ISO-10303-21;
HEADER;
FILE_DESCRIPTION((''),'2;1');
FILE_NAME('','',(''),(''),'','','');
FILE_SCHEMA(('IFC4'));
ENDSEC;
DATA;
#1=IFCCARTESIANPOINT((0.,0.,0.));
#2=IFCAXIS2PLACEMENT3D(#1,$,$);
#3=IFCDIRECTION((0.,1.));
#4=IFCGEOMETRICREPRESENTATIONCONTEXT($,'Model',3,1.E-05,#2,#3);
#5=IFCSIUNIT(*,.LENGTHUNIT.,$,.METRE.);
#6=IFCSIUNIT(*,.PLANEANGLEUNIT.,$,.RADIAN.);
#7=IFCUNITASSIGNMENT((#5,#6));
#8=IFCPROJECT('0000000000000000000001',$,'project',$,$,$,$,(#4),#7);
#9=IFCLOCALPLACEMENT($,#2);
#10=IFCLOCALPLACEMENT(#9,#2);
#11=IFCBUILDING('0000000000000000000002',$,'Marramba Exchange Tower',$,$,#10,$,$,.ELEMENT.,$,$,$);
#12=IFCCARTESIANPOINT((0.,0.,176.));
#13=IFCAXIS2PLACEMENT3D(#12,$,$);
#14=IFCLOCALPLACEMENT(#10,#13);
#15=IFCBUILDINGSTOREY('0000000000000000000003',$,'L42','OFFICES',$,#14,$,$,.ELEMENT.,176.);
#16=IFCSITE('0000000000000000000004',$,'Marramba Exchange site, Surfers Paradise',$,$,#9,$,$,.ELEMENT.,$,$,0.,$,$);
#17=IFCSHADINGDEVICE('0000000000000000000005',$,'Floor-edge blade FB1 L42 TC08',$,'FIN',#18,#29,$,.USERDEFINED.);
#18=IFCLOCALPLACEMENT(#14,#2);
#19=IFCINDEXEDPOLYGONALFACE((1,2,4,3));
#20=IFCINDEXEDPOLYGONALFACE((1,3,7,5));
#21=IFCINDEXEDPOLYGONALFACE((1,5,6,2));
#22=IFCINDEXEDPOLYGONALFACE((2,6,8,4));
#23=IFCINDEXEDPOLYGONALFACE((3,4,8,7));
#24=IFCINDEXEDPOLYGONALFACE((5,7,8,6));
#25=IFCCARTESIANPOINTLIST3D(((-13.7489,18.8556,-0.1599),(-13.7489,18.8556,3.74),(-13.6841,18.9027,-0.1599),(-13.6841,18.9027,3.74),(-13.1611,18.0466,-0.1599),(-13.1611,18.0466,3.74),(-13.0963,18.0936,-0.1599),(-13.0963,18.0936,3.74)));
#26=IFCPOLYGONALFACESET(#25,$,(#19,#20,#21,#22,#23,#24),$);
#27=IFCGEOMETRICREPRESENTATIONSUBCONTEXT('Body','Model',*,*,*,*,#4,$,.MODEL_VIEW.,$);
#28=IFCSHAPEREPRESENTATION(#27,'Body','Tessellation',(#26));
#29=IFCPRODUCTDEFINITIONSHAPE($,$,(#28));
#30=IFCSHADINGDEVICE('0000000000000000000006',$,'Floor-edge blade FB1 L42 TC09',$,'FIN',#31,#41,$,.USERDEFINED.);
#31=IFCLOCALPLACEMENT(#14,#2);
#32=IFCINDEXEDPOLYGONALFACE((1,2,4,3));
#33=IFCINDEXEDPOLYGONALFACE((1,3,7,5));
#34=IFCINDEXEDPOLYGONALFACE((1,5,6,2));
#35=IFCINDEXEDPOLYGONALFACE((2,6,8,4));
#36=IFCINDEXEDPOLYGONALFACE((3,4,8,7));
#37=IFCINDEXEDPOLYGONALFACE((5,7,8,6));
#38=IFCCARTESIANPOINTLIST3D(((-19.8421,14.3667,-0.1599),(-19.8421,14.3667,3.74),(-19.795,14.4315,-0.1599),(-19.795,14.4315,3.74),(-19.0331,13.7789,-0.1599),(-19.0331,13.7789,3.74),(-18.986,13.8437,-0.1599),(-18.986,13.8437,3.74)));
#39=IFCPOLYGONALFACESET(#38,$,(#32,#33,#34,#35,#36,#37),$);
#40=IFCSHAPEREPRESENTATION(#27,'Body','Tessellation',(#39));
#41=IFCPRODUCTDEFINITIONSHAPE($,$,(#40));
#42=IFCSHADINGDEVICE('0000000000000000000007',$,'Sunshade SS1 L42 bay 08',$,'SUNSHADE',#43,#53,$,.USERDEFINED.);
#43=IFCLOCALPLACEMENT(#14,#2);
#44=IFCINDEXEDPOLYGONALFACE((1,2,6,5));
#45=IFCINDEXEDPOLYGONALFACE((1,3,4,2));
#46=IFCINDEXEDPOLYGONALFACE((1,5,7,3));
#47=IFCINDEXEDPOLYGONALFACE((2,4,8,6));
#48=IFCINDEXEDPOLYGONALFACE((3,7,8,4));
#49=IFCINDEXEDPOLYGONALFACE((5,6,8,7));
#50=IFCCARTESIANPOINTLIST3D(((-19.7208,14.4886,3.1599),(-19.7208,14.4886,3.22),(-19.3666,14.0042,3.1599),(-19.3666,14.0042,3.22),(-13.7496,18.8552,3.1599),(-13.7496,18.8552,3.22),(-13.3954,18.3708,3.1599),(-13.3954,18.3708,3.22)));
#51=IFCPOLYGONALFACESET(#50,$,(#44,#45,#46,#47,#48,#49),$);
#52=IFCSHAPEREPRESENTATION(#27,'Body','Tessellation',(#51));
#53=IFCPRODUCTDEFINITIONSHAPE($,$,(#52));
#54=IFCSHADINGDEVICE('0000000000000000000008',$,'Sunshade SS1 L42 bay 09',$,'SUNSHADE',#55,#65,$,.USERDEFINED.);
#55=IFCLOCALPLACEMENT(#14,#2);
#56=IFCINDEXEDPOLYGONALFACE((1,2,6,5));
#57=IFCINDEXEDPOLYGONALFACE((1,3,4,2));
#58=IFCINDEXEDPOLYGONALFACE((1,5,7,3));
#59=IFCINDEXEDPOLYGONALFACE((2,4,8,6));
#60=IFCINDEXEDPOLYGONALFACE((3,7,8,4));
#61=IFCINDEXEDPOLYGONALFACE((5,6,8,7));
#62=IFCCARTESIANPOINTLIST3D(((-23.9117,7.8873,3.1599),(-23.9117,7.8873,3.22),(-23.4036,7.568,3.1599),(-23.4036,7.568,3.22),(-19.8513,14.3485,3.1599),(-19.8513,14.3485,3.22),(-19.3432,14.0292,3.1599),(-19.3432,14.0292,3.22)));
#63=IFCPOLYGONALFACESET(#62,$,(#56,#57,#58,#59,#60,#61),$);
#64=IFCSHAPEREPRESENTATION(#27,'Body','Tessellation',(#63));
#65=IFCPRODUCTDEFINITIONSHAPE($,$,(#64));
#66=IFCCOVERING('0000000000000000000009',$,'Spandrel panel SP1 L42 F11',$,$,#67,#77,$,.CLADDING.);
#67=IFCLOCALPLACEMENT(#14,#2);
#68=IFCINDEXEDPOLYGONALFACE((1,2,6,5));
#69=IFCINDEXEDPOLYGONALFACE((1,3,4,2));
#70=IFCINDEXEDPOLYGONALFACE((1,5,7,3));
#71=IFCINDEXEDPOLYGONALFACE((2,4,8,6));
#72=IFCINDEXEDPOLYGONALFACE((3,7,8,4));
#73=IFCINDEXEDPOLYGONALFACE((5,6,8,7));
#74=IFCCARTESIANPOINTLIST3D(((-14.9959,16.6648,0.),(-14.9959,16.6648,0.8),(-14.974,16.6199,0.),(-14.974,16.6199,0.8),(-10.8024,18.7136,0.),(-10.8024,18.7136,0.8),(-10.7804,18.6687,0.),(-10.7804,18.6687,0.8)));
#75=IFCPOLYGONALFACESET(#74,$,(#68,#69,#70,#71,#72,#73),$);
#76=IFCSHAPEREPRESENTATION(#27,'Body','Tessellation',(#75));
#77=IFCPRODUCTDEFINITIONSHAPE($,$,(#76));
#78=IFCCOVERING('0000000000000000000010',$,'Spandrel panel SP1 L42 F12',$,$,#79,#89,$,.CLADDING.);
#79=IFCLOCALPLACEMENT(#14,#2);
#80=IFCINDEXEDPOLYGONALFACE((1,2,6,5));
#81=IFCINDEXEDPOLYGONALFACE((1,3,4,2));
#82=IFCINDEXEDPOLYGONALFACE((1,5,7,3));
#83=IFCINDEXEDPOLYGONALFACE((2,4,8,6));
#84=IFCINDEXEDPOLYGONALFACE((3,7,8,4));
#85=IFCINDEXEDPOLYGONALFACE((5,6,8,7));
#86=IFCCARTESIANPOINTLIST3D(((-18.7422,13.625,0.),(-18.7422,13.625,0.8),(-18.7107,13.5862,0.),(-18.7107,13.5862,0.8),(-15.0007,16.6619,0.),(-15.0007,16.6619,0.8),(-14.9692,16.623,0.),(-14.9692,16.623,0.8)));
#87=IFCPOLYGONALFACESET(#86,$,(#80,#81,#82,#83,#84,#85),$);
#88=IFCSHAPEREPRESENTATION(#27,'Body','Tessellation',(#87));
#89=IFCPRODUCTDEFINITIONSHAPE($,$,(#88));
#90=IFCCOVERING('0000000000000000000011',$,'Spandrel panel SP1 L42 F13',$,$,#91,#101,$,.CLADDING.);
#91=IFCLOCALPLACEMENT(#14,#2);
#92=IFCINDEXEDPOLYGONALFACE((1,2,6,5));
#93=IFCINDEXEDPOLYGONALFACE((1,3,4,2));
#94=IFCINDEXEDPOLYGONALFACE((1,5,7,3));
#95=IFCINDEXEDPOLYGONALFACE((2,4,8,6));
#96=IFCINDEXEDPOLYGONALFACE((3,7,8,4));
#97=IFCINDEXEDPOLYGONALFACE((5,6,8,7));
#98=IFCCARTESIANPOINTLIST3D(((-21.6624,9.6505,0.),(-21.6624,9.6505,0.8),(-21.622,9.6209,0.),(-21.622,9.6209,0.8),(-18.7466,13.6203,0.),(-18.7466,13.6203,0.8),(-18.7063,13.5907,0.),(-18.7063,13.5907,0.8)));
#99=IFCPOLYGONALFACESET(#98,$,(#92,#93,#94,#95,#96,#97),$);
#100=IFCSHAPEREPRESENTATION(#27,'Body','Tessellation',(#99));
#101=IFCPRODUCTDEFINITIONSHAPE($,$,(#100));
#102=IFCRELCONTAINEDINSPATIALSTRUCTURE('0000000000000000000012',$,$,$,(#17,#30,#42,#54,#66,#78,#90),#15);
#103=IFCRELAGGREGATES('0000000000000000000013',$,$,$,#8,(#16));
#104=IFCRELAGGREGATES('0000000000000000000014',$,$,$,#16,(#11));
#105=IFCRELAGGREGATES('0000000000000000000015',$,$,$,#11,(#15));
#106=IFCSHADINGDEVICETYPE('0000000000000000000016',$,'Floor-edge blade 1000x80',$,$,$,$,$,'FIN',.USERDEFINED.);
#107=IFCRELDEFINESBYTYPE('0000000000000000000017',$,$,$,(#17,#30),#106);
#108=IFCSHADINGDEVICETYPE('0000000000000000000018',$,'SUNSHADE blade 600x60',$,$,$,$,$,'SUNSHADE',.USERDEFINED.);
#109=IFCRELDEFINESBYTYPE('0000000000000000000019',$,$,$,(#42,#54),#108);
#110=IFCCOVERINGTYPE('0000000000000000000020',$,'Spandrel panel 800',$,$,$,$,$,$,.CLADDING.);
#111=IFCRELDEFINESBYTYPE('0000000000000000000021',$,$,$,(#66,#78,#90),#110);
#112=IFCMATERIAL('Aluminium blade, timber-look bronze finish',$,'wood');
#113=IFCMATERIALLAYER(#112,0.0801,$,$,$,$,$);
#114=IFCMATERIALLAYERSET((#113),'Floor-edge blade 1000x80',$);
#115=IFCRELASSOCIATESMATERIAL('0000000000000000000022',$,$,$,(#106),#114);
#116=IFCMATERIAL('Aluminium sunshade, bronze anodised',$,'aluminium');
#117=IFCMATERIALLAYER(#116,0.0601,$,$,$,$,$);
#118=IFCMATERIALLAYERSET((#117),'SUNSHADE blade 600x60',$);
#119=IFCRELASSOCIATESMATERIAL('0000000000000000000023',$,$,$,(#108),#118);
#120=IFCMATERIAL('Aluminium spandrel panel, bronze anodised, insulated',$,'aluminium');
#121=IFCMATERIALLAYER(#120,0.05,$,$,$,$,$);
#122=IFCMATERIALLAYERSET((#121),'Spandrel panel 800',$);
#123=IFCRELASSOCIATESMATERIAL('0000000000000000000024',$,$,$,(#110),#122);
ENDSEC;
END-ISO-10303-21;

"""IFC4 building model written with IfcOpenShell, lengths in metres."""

from ifc_helpers import new_model, si_unit, direction, frame, origin, origin_2d, place, context, subcontext, project, spatial, rectangle, extrude, material, layer, layer_set, type_object, element, save


model = new_model("IFC4")

# Units and contexts
model_context = context("Model", 3, precision=1e-05, world=origin(), true_north=direction((0.0, 1.0)))
body_context = subcontext(model_context, "Body", "Model", "MODEL_VIEW")
ifc_project = project(units=[si_unit("LENGTHUNIT", "METRE"), si_unit("PLANEANGLEUNIT", "RADIAN")], contexts=[model_context])

# Site, building, storey
site_placement = place(None, origin())
site = spatial("IfcSite", under=ifc_project, at=site_placement, Name="Marramba Exchange site, Surfers Paradise", CompositionType="ELEMENT", RefElevation=0.0)
building_placement = place(site_placement, origin())
building = spatial("IfcBuilding", under=site, at=building_placement, Name="Marramba Exchange Tower", CompositionType="ELEMENT")
storey_placement = place(building_placement, frame((0.0, 0.0, 176.0)))
storey = spatial("IfcBuildingStorey", under=building, at=storey_placement, Name="L42", Description="OFFICES", CompositionType="ELEMENT", Elevation=176.0)

# Shading devices
ifc_material_1 = material(Name="Aluminium blade, timber-look bronze finish", Category="wood")
ifc_layer_1 = layer(ifc_material_1, 0.0801)
ifc_layer_set_1 = layer_set([ifc_layer_1], Name="Floor-edge blade 1000x80")
shading_device_type_1 = type_object("IfcShadingDeviceType", Name="Floor-edge blade 1000x80", ElementType="FIN", PredefinedType="USERDEFINED", material=ifc_layer_set_1)
for number, where, z_axis, x_axis, name in (
    (1, (-13.4226, 18.4746, -0.1599), (0.0, 0.0, 1.0), (-0.587785, 0.809017, 0.0), "Floor-edge blade FB1 L42 TC08"),
    (2, (-19.4141, 14.1052, -0.1599), (0.0, 0.0, 1.0), (-0.809017, 0.587785, 0.0), "Floor-edge blade FB1 L42 TC09"),
):
    element("IfcShadingDevice", number, at=place(storey_placement, frame(where, z_axis=z_axis, x_axis=x_axis)), inside=storey, type_object=shading_device_type_1, Name=name, ObjectType="FIN", PredefinedType="USERDEFINED", context=body_context, shape_type="SweptSolid", body=[
        extrude(rectangle(XDim=1.0, YDim=0.0801, at=origin_2d()), origin(), (0.0, 0.0, 1.0), 3.8999),
    ])
ifc_material_2 = material(Name="Aluminium sunshade, bronze anodised", Category="aluminium")
ifc_layer_2 = layer(ifc_material_2, 0.0601)
ifc_layer_set_2 = layer_set([ifc_layer_2], Name="SUNSHADE blade 600x60")
shading_device_type_2 = type_object("IfcShadingDeviceType", Name="SUNSHADE blade 600x60", ElementType="SUNSHADE", PredefinedType="USERDEFINED", material=ifc_layer_set_2)
shading_device_1_placement = place(storey_placement, frame((-16.5581, 16.4297, 3.1599), z_axis=(0.0, 0.0, 1.0), x_axis=(-0.807194, -0.590286, 0.0)))
element("IfcShadingDevice", 3, at=shading_device_1_placement, inside=storey, type_object=shading_device_type_2, Name="Sunshade SS1 L42 bay 08", ObjectType="SUNSHADE", PredefinedType="USERDEFINED", context=body_context, shape_type="SweptSolid", body=[
    extrude(rectangle(XDim=7.3975, YDim=0.6001, at=origin_2d()), origin(), (0.0, 0.0, 1.0), 0.0601),
])
shading_device_2_placement = place(storey_placement, frame((-21.6274, 10.9583, 3.1599), z_axis=(0.0, 0.0, 1.0), x_axis=(-0.532082, -0.846693, 0.0)))
element("IfcShadingDevice", 4, at=shading_device_2_placement, inside=storey, type_object=shading_device_type_2, Name="Sunshade SS1 L42 bay 09", ObjectType="SUNSHADE", PredefinedType="USERDEFINED", context=body_context, shape_type="SweptSolid", body=[
    extrude(rectangle(XDim=7.6311, YDim=0.6001, at=origin_2d()), origin(), (0.0, 0.0, 1.0), 0.0601),
])

# Coverings
ifc_material_3 = material(Name="Aluminium spandrel panel, bronze anodised, insulated", Category="aluminium")
ifc_layer_3 = layer(ifc_material_3, 0.05)
ifc_layer_set_3 = layer_set([ifc_layer_3], Name="Spandrel panel 800")
covering_type = type_object("IfcCoveringType", Name="Spandrel panel 800", PredefinedType="CLADDING", material=ifc_layer_set_3)
covering_1_placement = place(storey_placement, frame((-12.8882, 17.6667, 0.0), z_axis=(0.0, 0.0, 1.0), x_axis=(-0.898501, -0.438972, 0.0)))
element("IfcCovering", 5, at=covering_1_placement, inside=storey, type_object=covering_type, Name="Spandrel panel SP1 L42 F11", PredefinedType="CLADDING", context=body_context, shape_type="SweptSolid", body=[
    extrude(rectangle(XDim=4.6672, YDim=0.05, at=origin_2d()), origin(), (0.0, 0.0, 1.0), 0.8),
])
covering_2_placement = place(storey_placement, frame((-16.8557, 15.124, 0.0), z_axis=(0.0, 0.0, 1.0), x_axis=(-0.776432, -0.630201, 0.0)))
element("IfcCovering", 6, at=covering_2_placement, inside=storey, type_object=covering_type, Name="Spandrel panel SP1 L42 F12", PredefinedType="CLADDING", context=body_context, shape_type="SweptSolid", body=[
    extrude(rectangle(XDim=4.8188, YDim=0.05, at=origin_2d()), origin(), (0.0, 0.0, 1.0), 0.8),
])
covering_3_placement = place(storey_placement, frame((-20.1843, 11.6206, 0.0), z_axis=(0.0, 0.0, 1.0), x_axis=(-0.591963, -0.805965, 0.0)))
element("IfcCovering", 7, at=covering_3_placement, inside=storey, type_object=covering_type, Name="Spandrel panel SP1 L42 F13", PredefinedType="CLADDING", context=body_context, shape_type="SweptSolid", body=[
    extrude(rectangle(XDim=4.9255, YDim=0.05, at=origin_2d()), origin(), (0.0, 0.0, 1.0), 0.8),
])

save(model, "model.ifc")
